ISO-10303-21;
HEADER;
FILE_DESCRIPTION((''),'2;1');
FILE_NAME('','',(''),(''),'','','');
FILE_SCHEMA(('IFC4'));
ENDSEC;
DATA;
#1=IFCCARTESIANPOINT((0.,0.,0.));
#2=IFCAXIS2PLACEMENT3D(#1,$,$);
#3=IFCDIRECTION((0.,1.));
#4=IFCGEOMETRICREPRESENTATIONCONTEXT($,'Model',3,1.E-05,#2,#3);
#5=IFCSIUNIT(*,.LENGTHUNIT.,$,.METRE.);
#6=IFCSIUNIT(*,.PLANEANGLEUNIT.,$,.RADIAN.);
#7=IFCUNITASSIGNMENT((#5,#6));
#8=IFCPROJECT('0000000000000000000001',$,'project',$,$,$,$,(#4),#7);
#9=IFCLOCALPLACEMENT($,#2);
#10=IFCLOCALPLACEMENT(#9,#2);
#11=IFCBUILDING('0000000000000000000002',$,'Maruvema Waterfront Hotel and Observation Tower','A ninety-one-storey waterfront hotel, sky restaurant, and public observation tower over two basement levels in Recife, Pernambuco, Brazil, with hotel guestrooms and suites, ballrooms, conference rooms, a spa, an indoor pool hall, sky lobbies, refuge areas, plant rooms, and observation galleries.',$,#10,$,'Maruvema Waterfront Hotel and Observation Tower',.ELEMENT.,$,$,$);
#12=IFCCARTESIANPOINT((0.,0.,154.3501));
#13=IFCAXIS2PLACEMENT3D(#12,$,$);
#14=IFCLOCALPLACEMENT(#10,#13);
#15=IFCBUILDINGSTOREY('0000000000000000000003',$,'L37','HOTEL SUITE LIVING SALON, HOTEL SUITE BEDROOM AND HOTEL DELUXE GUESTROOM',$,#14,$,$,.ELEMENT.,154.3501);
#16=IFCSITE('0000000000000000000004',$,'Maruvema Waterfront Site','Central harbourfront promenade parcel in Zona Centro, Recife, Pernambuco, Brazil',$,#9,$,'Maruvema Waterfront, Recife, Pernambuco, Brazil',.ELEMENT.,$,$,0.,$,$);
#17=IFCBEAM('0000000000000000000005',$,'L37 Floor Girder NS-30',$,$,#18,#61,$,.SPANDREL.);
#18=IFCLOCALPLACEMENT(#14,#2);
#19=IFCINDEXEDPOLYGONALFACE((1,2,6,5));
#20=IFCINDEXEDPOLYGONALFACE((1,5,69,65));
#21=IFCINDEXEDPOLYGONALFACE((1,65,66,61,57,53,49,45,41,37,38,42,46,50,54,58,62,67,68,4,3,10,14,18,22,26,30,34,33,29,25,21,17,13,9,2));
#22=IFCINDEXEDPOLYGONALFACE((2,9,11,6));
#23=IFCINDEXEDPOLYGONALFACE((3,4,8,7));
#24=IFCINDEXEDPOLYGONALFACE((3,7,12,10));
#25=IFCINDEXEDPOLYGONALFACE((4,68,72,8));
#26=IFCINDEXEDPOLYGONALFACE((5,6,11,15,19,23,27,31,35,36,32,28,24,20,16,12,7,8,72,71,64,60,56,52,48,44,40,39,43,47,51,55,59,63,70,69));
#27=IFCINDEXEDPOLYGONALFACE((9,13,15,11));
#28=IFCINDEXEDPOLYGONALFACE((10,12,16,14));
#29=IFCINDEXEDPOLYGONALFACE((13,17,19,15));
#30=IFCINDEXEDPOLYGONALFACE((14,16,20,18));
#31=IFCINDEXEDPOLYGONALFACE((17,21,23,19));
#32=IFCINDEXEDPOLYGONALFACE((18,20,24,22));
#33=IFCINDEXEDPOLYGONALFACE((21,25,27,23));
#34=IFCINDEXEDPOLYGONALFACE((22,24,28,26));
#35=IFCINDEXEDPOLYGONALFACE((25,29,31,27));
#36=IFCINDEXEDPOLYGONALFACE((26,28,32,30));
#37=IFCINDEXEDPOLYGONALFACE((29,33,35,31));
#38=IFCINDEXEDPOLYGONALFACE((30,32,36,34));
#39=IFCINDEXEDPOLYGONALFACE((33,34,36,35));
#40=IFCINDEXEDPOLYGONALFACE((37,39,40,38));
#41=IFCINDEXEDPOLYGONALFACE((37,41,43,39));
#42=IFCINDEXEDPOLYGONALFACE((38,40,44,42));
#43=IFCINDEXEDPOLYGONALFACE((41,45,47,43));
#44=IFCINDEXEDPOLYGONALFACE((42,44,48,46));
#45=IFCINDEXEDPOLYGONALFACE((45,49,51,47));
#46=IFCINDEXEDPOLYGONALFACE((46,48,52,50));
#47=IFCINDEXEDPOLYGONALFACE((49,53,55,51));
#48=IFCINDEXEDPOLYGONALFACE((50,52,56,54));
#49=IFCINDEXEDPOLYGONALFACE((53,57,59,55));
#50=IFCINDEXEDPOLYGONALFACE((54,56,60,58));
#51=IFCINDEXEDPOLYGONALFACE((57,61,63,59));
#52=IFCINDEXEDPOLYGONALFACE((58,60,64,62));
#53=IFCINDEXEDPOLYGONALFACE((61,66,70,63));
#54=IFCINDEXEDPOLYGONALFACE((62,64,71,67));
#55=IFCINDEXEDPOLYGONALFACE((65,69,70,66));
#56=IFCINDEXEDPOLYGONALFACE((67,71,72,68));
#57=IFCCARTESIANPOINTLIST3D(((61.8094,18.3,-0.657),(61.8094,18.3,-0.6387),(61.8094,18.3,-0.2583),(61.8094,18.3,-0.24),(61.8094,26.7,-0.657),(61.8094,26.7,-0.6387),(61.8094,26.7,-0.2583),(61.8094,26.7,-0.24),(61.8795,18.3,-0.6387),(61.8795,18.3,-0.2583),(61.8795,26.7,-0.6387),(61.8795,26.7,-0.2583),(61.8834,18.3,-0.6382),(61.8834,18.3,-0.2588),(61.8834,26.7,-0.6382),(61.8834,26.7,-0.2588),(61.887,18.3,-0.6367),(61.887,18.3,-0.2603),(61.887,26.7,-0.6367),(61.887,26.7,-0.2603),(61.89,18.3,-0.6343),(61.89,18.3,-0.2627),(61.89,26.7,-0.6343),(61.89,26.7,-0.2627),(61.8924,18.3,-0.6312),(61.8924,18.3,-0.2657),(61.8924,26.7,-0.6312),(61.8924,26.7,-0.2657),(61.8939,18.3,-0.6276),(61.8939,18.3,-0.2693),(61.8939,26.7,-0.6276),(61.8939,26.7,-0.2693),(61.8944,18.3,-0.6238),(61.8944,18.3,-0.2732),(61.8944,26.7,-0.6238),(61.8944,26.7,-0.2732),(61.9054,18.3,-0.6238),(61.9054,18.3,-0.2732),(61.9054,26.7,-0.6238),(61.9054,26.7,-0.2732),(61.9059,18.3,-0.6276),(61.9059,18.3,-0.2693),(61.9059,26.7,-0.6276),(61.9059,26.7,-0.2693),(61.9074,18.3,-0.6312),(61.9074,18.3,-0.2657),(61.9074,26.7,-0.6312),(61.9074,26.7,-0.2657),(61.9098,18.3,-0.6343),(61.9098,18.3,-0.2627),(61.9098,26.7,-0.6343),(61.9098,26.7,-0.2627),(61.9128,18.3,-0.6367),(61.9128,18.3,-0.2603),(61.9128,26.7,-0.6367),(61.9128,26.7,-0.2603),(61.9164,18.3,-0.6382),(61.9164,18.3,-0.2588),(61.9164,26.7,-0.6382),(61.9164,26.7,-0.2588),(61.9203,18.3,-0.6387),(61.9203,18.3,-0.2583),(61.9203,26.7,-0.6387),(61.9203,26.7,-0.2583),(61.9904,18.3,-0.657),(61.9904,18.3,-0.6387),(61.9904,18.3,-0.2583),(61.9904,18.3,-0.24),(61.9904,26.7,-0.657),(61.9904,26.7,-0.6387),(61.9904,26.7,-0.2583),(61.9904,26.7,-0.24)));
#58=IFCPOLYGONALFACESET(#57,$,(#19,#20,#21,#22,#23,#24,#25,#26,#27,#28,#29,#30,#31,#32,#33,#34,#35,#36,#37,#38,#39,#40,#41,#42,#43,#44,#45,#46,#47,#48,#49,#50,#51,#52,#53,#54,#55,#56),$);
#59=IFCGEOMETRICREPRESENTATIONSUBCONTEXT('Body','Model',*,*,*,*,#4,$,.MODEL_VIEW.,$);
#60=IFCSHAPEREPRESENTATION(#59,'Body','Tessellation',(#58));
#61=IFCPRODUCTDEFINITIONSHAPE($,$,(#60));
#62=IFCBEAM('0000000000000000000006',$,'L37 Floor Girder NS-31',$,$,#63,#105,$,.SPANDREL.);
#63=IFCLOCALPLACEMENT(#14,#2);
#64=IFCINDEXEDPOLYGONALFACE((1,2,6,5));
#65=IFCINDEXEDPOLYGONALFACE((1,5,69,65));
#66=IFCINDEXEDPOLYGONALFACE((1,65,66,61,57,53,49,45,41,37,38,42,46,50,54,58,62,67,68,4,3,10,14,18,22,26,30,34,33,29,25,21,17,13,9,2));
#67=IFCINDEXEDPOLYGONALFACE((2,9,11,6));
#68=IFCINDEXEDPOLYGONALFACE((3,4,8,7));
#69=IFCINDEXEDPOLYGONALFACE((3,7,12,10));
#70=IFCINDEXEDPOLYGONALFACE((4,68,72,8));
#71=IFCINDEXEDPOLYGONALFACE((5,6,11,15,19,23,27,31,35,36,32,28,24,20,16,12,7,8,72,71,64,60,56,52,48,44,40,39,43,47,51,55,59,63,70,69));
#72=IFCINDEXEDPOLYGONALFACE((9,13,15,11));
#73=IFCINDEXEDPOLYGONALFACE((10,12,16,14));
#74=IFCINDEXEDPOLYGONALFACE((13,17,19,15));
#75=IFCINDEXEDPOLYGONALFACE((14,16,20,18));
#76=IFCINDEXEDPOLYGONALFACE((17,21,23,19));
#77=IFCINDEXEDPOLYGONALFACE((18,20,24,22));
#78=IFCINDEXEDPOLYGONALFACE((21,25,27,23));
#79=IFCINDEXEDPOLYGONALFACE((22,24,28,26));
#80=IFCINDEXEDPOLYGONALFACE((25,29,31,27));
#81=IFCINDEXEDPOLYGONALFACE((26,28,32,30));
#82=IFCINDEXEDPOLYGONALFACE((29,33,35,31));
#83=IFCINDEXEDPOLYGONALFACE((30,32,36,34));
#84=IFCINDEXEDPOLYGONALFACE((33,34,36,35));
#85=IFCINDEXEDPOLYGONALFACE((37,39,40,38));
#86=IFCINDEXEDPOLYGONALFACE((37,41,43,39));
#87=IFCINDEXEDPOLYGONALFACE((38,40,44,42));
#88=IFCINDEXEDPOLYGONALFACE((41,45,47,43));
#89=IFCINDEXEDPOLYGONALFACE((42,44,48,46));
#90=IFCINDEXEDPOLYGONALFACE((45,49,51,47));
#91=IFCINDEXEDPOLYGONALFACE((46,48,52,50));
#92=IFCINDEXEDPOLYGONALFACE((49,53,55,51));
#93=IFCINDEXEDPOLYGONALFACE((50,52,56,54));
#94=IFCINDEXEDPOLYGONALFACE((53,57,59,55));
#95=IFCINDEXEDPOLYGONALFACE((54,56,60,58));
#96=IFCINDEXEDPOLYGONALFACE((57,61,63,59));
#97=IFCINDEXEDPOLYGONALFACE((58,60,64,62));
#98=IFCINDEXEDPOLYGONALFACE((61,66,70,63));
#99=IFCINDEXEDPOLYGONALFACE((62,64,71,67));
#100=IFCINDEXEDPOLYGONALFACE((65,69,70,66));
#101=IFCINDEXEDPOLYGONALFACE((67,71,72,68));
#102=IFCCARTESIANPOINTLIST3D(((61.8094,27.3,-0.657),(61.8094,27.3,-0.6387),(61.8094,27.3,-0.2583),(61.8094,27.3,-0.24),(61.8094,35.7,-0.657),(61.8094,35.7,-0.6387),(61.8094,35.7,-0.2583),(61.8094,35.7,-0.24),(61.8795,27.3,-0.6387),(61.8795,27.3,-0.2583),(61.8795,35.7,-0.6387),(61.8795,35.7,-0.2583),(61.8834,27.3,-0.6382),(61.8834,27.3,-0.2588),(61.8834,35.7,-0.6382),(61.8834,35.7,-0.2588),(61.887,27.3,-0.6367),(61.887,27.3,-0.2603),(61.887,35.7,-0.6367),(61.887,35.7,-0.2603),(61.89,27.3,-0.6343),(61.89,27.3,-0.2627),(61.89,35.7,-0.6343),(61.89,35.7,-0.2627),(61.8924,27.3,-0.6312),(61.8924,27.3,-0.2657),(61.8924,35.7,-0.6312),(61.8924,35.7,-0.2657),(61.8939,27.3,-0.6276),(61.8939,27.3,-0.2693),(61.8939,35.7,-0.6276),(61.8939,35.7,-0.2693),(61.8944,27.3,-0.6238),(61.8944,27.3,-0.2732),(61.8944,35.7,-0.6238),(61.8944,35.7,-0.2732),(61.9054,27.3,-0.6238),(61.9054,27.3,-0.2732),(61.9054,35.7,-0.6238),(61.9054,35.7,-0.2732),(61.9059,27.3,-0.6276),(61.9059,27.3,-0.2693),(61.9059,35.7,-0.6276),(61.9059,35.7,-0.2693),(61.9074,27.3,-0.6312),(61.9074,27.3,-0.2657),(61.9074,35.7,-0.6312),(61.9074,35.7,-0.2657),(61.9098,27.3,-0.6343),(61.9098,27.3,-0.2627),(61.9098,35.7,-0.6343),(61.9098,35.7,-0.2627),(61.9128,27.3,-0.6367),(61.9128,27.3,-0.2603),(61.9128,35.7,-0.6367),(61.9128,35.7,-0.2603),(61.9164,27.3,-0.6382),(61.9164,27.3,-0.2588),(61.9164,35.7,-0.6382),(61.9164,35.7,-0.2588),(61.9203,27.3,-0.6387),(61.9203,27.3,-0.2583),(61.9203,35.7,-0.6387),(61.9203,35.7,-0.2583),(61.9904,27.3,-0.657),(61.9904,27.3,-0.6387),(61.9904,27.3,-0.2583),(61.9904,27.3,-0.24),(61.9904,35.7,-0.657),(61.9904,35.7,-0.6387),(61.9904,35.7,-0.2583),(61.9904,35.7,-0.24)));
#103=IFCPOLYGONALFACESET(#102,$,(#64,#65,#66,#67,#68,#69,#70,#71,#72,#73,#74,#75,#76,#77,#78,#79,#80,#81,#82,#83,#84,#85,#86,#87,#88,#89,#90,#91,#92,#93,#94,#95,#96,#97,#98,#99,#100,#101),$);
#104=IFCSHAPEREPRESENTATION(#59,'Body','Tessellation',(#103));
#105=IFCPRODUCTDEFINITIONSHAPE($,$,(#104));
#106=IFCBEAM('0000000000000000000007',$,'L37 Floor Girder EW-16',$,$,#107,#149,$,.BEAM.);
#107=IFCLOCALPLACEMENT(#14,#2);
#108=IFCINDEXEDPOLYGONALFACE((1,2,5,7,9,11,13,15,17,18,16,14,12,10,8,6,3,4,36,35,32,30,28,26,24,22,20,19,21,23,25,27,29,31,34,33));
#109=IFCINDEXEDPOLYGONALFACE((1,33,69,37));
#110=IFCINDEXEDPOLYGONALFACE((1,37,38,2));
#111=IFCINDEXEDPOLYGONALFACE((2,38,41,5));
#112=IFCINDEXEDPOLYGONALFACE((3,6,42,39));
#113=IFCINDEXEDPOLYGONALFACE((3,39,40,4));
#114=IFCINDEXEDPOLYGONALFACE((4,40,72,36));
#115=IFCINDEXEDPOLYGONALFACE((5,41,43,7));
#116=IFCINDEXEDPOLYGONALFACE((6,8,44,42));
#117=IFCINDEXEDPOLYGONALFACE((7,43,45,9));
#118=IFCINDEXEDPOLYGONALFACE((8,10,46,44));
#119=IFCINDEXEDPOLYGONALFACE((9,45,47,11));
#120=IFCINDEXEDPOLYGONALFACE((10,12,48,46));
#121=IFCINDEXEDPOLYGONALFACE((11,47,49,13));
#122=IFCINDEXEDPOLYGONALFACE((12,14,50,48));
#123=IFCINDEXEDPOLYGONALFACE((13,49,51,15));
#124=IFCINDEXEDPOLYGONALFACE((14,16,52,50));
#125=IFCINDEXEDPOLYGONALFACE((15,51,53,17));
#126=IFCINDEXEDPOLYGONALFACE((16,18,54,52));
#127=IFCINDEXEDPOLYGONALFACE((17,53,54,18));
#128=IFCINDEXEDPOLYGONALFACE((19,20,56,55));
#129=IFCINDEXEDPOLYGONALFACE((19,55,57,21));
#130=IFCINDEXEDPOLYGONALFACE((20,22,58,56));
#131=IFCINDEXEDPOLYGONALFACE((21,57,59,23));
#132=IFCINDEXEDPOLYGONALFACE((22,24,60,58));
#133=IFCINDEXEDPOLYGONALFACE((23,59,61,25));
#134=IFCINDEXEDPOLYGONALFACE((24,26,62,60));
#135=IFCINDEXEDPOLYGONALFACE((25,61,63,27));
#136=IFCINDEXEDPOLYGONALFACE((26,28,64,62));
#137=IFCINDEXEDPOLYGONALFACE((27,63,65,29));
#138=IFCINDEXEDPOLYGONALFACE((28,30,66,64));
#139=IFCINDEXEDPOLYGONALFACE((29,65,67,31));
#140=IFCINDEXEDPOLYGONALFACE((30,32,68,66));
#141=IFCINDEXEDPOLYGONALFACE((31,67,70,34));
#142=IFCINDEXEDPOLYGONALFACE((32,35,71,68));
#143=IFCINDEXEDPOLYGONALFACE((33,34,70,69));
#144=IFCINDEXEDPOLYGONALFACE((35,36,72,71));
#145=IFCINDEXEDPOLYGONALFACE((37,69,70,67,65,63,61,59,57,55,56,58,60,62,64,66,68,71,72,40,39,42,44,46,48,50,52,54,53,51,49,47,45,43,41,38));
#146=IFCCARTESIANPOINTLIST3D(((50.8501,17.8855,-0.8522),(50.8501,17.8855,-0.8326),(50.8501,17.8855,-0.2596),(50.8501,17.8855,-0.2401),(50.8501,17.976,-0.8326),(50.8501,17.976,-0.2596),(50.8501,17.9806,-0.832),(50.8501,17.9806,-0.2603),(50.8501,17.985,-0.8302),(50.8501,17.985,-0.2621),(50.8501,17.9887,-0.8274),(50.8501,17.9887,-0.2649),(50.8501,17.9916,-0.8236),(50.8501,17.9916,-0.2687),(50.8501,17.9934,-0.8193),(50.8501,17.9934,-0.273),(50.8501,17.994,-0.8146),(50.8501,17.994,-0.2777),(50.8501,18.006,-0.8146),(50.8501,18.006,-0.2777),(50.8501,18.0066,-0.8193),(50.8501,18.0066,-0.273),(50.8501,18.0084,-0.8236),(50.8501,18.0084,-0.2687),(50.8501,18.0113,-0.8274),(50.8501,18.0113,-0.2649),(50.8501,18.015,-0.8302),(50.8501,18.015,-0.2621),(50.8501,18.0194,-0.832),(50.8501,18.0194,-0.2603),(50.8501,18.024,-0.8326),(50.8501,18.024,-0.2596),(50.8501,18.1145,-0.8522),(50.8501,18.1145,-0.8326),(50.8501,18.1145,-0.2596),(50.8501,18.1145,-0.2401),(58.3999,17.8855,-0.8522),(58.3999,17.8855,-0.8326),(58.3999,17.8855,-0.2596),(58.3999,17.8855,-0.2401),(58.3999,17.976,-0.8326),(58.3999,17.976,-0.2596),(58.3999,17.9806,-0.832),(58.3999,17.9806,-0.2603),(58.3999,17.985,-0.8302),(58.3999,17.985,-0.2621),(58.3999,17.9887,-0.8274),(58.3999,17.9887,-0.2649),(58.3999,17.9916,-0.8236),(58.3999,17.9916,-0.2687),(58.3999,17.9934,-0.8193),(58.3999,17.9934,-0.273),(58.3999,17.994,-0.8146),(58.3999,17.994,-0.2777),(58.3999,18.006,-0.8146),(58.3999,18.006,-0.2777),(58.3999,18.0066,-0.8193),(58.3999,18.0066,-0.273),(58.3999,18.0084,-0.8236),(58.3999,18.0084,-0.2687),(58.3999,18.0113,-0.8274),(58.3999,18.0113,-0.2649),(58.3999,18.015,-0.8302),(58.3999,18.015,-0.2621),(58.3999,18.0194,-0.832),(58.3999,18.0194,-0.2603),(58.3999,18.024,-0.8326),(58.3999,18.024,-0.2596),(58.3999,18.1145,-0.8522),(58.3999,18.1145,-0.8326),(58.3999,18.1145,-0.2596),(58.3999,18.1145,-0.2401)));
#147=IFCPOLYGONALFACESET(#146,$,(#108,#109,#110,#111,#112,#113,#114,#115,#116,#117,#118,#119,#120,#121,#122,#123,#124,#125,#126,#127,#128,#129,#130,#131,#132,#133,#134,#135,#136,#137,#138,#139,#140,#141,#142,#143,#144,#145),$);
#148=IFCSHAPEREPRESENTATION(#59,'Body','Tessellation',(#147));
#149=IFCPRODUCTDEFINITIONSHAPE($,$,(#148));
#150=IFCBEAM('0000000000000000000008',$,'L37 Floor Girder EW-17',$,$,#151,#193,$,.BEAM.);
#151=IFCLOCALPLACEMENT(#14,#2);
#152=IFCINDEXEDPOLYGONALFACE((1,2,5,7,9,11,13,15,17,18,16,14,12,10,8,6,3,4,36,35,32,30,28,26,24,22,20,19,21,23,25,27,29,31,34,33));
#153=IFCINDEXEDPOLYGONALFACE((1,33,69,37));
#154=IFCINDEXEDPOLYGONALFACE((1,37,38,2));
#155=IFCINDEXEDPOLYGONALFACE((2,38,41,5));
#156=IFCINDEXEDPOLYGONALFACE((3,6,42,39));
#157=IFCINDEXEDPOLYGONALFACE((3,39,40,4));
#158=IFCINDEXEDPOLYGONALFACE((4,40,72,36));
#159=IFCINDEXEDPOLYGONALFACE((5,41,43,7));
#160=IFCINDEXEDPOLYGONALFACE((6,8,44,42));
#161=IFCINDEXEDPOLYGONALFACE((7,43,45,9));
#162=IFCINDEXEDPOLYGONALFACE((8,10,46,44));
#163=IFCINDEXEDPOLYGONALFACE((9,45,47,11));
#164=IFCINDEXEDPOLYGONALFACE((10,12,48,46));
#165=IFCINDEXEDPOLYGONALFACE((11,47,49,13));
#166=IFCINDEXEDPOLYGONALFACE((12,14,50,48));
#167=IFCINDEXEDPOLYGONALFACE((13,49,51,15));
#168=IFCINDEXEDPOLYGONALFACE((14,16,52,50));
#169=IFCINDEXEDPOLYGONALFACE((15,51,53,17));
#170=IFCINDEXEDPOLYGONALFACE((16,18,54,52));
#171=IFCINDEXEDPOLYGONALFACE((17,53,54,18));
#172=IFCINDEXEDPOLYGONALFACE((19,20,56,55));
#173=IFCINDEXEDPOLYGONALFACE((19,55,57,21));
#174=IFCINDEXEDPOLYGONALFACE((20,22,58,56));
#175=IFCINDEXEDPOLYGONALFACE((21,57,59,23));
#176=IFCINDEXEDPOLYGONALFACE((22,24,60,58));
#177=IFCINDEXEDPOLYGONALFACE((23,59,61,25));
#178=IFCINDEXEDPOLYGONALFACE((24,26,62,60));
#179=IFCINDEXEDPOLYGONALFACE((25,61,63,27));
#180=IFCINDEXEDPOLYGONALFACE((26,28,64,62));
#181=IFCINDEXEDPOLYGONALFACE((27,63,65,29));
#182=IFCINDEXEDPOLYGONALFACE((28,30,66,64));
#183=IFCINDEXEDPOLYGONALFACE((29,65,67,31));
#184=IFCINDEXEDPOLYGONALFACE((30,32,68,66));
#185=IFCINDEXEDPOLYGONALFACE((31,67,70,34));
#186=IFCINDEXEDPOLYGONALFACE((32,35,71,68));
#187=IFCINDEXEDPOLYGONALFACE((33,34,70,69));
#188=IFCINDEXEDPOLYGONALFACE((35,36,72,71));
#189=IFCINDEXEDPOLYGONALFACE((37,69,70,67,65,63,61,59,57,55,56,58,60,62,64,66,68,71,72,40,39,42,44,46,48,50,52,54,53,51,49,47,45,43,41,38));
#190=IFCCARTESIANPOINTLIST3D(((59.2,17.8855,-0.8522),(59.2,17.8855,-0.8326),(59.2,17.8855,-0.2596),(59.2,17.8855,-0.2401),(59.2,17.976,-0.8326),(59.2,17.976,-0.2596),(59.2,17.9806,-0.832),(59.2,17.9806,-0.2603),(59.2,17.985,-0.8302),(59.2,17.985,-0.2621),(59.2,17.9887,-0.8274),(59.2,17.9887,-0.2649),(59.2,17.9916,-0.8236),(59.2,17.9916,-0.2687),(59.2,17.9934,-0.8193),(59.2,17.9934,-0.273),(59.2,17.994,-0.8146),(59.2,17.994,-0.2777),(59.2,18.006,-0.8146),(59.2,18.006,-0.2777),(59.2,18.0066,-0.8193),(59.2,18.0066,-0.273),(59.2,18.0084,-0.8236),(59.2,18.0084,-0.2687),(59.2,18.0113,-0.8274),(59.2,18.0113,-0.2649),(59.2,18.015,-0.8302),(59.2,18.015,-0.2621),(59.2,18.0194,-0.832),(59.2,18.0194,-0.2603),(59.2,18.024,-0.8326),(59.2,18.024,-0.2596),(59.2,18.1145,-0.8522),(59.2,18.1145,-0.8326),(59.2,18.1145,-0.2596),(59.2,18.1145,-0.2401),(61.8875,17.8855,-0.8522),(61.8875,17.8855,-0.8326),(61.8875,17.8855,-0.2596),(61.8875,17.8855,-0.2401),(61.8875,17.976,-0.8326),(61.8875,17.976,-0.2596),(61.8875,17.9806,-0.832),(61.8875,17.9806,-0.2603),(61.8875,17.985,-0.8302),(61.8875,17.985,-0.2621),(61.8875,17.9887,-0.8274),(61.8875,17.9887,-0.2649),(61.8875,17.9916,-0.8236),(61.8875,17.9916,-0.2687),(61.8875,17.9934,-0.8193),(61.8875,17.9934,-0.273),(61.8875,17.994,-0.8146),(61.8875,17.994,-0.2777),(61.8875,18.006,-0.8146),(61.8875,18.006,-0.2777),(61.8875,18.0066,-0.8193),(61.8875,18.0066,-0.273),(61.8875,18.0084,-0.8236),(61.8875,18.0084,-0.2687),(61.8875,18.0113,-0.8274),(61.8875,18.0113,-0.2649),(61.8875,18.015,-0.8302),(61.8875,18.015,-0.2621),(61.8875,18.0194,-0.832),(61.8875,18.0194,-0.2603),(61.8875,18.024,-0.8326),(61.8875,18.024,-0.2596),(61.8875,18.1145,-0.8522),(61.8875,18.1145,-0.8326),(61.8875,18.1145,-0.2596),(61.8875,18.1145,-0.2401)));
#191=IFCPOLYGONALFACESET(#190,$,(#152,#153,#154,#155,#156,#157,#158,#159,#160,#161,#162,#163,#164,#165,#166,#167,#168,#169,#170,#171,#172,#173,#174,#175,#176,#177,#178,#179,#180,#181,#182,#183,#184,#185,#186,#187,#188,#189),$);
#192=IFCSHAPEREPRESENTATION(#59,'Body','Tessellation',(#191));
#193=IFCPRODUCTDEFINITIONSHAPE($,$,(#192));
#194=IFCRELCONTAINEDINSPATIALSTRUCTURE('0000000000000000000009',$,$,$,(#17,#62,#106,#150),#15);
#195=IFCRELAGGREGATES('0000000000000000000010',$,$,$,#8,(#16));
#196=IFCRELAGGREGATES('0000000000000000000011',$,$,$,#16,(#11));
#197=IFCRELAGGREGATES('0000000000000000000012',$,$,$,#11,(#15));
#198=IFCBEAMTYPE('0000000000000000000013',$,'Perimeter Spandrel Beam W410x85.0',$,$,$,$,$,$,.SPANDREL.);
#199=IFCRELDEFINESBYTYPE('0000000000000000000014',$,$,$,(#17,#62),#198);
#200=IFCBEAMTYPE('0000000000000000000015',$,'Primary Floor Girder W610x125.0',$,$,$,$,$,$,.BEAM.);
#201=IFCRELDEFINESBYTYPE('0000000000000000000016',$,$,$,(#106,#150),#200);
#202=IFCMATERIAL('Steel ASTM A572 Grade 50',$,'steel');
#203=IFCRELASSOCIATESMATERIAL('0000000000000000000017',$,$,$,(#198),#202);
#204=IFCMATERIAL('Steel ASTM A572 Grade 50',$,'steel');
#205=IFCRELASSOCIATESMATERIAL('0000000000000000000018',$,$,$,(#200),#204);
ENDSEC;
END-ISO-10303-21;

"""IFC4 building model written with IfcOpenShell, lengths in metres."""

from ifc_helpers import new_model, si_unit, direction, frame, origin, origin_2d, place, context, subcontext, project, spatial, i_section, extrude, material, material_profile, profile_set, type_object, element, save


model = new_model("IFC4")

# Units and contexts
model_context = context("Model", 3, precision=1e-05, world=origin(), true_north=direction((0.0, 1.0)))
body_context = subcontext(model_context, "Body", "Model", "MODEL_VIEW")
ifc_project = project(units=[si_unit("LENGTHUNIT", "METRE"), si_unit("PLANEANGLEUNIT", "RADIAN")], contexts=[model_context])

# Site, building, storey
site_placement = place(None, origin())
site = spatial("IfcSite", under=ifc_project, at=site_placement, Name="Maruvema Waterfront Site", Description="Central harbourfront promenade parcel in Zona Centro, Recife, Pernambuco, Brazil", LongName="Maruvema Waterfront, Recife, Pernambuco, Brazil", CompositionType="ELEMENT", RefElevation=0.0)
building_placement = place(site_placement, origin())
building = spatial("IfcBuilding", under=site, at=building_placement, Name="Maruvema Waterfront Hotel and Observation Tower", Description="A ninety-one-storey waterfront hotel, sky restaurant, and public observation tower over two basement levels in Recife, Pernambuco, Brazil, with hotel guestrooms and suites, ballrooms, conference rooms, a spa, an indoor pool hall, sky lobbies, refuge areas, plant rooms, and observation galleries.", LongName="Maruvema Waterfront Hotel and Observation Tower", CompositionType="ELEMENT")
storey_placement = place(building_placement, frame((0.0, 0.0, 154.3501)))
storey = spatial("IfcBuildingStorey", under=building, at=storey_placement, Name="L37", Description="HOTEL SUITE LIVING SALON, HOTEL SUITE BEDROOM AND HOTEL DELUXE GUESTROOM", CompositionType="ELEMENT", Elevation=154.3501)

# Beams
ifc_material_1 = material(Name="Steel ASTM A572 Grade 50", Category="steel")
ifc_material_profile_1 = material_profile(ifc_material_1, i_section(OverallWidth=0.1809, OverallDepth=0.417, WebThickness=0.011, FlangeThickness=0.0183, FilletRadius=0.0149, at=origin_2d()), Name="W410x85.0")
ifc_profile_set_1 = profile_set([ifc_material_profile_1], Name="Steel ASTM A572 Grade 50")
beam_type_1 = type_object("IfcBeamType", Name="Perimeter Spandrel Beam W410x85.0", PredefinedType="SPANDREL", material=ifc_profile_set_1)
for number, where, z_axis, x_axis, name in (
    (1, (61.8999, 18.3, -0.4485), (0.0, 1.0, 0.0), (-1.0, 0.0, 0.0), "L37 Floor Girder NS-30"),
    (2, (61.8999, 27.3, -0.4485), (0.0, 1.0, 0.0), (-1.0, 0.0, 0.0), "L37 Floor Girder NS-31"),
):
    element("IfcBeam", number, at=place(storey_placement, frame(where, z_axis=z_axis, x_axis=x_axis)), inside=storey, type_object=beam_type_1, Name=name, PredefinedType="SPANDREL", context=body_context, shape_type="SweptSolid", body=[
        extrude(i_section(OverallWidth=0.1809, OverallDepth=0.417, WebThickness=0.011, FlangeThickness=0.0183, FilletRadius=0.0149, at=origin_2d()), origin(), (0.0, 0.0, 1.0), 8.3999),
    ])
ifc_material_2 = material(Name="Steel ASTM A572 Grade 50", Category="steel")
ifc_material_profile_2 = material_profile(ifc_material_2, i_section(OverallWidth=0.229, OverallDepth=0.6121, WebThickness=0.012, FlangeThickness=0.0195, FilletRadius=0.0181, at=origin_2d()), Name="W610x125.0")
ifc_profile_set_2 = profile_set([ifc_material_profile_2], Name="Steel ASTM A572 Grade 50")
beam_type_2 = type_object("IfcBeamType", Name="Primary Floor Girder W610x125.0", PredefinedType="BEAM", material=ifc_profile_set_2)
beam_1_placement = place(storey_placement, frame((50.8501, 18.0, -0.5461), z_axis=(1.0, 0.0, 0.0), x_axis=(0.0, 1.0, 0.0)))
element("IfcBeam", 3, at=beam_1_placement, inside=storey, type_object=beam_type_2, Name="L37 Floor Girder EW-16", PredefinedType="BEAM", context=body_context, shape_type="SweptSolid", body=[
    extrude(i_section(OverallWidth=0.229, OverallDepth=0.6121, WebThickness=0.012, FlangeThickness=0.0195, FilletRadius=0.0181, at=origin_2d()), origin(), (0.0, 0.0, 1.0), 7.5498),
])
beam_2_placement = place(storey_placement, frame((59.2, 18.0, -0.5461), z_axis=(1.0, 0.0, 0.0), x_axis=(0.0, 1.0, 0.0)))
element("IfcBeam", 4, at=beam_2_placement, inside=storey, type_object=beam_type_2, Name="L37 Floor Girder EW-17", PredefinedType="BEAM", context=body_context, shape_type="SweptSolid", body=[
    extrude(i_section(OverallWidth=0.229, OverallDepth=0.6121, WebThickness=0.012, FlangeThickness=0.0195, FilletRadius=0.0181, at=origin_2d()), origin(), (0.0, 0.0, 1.0), 2.6875),
])

save(model, "model.ifc")
